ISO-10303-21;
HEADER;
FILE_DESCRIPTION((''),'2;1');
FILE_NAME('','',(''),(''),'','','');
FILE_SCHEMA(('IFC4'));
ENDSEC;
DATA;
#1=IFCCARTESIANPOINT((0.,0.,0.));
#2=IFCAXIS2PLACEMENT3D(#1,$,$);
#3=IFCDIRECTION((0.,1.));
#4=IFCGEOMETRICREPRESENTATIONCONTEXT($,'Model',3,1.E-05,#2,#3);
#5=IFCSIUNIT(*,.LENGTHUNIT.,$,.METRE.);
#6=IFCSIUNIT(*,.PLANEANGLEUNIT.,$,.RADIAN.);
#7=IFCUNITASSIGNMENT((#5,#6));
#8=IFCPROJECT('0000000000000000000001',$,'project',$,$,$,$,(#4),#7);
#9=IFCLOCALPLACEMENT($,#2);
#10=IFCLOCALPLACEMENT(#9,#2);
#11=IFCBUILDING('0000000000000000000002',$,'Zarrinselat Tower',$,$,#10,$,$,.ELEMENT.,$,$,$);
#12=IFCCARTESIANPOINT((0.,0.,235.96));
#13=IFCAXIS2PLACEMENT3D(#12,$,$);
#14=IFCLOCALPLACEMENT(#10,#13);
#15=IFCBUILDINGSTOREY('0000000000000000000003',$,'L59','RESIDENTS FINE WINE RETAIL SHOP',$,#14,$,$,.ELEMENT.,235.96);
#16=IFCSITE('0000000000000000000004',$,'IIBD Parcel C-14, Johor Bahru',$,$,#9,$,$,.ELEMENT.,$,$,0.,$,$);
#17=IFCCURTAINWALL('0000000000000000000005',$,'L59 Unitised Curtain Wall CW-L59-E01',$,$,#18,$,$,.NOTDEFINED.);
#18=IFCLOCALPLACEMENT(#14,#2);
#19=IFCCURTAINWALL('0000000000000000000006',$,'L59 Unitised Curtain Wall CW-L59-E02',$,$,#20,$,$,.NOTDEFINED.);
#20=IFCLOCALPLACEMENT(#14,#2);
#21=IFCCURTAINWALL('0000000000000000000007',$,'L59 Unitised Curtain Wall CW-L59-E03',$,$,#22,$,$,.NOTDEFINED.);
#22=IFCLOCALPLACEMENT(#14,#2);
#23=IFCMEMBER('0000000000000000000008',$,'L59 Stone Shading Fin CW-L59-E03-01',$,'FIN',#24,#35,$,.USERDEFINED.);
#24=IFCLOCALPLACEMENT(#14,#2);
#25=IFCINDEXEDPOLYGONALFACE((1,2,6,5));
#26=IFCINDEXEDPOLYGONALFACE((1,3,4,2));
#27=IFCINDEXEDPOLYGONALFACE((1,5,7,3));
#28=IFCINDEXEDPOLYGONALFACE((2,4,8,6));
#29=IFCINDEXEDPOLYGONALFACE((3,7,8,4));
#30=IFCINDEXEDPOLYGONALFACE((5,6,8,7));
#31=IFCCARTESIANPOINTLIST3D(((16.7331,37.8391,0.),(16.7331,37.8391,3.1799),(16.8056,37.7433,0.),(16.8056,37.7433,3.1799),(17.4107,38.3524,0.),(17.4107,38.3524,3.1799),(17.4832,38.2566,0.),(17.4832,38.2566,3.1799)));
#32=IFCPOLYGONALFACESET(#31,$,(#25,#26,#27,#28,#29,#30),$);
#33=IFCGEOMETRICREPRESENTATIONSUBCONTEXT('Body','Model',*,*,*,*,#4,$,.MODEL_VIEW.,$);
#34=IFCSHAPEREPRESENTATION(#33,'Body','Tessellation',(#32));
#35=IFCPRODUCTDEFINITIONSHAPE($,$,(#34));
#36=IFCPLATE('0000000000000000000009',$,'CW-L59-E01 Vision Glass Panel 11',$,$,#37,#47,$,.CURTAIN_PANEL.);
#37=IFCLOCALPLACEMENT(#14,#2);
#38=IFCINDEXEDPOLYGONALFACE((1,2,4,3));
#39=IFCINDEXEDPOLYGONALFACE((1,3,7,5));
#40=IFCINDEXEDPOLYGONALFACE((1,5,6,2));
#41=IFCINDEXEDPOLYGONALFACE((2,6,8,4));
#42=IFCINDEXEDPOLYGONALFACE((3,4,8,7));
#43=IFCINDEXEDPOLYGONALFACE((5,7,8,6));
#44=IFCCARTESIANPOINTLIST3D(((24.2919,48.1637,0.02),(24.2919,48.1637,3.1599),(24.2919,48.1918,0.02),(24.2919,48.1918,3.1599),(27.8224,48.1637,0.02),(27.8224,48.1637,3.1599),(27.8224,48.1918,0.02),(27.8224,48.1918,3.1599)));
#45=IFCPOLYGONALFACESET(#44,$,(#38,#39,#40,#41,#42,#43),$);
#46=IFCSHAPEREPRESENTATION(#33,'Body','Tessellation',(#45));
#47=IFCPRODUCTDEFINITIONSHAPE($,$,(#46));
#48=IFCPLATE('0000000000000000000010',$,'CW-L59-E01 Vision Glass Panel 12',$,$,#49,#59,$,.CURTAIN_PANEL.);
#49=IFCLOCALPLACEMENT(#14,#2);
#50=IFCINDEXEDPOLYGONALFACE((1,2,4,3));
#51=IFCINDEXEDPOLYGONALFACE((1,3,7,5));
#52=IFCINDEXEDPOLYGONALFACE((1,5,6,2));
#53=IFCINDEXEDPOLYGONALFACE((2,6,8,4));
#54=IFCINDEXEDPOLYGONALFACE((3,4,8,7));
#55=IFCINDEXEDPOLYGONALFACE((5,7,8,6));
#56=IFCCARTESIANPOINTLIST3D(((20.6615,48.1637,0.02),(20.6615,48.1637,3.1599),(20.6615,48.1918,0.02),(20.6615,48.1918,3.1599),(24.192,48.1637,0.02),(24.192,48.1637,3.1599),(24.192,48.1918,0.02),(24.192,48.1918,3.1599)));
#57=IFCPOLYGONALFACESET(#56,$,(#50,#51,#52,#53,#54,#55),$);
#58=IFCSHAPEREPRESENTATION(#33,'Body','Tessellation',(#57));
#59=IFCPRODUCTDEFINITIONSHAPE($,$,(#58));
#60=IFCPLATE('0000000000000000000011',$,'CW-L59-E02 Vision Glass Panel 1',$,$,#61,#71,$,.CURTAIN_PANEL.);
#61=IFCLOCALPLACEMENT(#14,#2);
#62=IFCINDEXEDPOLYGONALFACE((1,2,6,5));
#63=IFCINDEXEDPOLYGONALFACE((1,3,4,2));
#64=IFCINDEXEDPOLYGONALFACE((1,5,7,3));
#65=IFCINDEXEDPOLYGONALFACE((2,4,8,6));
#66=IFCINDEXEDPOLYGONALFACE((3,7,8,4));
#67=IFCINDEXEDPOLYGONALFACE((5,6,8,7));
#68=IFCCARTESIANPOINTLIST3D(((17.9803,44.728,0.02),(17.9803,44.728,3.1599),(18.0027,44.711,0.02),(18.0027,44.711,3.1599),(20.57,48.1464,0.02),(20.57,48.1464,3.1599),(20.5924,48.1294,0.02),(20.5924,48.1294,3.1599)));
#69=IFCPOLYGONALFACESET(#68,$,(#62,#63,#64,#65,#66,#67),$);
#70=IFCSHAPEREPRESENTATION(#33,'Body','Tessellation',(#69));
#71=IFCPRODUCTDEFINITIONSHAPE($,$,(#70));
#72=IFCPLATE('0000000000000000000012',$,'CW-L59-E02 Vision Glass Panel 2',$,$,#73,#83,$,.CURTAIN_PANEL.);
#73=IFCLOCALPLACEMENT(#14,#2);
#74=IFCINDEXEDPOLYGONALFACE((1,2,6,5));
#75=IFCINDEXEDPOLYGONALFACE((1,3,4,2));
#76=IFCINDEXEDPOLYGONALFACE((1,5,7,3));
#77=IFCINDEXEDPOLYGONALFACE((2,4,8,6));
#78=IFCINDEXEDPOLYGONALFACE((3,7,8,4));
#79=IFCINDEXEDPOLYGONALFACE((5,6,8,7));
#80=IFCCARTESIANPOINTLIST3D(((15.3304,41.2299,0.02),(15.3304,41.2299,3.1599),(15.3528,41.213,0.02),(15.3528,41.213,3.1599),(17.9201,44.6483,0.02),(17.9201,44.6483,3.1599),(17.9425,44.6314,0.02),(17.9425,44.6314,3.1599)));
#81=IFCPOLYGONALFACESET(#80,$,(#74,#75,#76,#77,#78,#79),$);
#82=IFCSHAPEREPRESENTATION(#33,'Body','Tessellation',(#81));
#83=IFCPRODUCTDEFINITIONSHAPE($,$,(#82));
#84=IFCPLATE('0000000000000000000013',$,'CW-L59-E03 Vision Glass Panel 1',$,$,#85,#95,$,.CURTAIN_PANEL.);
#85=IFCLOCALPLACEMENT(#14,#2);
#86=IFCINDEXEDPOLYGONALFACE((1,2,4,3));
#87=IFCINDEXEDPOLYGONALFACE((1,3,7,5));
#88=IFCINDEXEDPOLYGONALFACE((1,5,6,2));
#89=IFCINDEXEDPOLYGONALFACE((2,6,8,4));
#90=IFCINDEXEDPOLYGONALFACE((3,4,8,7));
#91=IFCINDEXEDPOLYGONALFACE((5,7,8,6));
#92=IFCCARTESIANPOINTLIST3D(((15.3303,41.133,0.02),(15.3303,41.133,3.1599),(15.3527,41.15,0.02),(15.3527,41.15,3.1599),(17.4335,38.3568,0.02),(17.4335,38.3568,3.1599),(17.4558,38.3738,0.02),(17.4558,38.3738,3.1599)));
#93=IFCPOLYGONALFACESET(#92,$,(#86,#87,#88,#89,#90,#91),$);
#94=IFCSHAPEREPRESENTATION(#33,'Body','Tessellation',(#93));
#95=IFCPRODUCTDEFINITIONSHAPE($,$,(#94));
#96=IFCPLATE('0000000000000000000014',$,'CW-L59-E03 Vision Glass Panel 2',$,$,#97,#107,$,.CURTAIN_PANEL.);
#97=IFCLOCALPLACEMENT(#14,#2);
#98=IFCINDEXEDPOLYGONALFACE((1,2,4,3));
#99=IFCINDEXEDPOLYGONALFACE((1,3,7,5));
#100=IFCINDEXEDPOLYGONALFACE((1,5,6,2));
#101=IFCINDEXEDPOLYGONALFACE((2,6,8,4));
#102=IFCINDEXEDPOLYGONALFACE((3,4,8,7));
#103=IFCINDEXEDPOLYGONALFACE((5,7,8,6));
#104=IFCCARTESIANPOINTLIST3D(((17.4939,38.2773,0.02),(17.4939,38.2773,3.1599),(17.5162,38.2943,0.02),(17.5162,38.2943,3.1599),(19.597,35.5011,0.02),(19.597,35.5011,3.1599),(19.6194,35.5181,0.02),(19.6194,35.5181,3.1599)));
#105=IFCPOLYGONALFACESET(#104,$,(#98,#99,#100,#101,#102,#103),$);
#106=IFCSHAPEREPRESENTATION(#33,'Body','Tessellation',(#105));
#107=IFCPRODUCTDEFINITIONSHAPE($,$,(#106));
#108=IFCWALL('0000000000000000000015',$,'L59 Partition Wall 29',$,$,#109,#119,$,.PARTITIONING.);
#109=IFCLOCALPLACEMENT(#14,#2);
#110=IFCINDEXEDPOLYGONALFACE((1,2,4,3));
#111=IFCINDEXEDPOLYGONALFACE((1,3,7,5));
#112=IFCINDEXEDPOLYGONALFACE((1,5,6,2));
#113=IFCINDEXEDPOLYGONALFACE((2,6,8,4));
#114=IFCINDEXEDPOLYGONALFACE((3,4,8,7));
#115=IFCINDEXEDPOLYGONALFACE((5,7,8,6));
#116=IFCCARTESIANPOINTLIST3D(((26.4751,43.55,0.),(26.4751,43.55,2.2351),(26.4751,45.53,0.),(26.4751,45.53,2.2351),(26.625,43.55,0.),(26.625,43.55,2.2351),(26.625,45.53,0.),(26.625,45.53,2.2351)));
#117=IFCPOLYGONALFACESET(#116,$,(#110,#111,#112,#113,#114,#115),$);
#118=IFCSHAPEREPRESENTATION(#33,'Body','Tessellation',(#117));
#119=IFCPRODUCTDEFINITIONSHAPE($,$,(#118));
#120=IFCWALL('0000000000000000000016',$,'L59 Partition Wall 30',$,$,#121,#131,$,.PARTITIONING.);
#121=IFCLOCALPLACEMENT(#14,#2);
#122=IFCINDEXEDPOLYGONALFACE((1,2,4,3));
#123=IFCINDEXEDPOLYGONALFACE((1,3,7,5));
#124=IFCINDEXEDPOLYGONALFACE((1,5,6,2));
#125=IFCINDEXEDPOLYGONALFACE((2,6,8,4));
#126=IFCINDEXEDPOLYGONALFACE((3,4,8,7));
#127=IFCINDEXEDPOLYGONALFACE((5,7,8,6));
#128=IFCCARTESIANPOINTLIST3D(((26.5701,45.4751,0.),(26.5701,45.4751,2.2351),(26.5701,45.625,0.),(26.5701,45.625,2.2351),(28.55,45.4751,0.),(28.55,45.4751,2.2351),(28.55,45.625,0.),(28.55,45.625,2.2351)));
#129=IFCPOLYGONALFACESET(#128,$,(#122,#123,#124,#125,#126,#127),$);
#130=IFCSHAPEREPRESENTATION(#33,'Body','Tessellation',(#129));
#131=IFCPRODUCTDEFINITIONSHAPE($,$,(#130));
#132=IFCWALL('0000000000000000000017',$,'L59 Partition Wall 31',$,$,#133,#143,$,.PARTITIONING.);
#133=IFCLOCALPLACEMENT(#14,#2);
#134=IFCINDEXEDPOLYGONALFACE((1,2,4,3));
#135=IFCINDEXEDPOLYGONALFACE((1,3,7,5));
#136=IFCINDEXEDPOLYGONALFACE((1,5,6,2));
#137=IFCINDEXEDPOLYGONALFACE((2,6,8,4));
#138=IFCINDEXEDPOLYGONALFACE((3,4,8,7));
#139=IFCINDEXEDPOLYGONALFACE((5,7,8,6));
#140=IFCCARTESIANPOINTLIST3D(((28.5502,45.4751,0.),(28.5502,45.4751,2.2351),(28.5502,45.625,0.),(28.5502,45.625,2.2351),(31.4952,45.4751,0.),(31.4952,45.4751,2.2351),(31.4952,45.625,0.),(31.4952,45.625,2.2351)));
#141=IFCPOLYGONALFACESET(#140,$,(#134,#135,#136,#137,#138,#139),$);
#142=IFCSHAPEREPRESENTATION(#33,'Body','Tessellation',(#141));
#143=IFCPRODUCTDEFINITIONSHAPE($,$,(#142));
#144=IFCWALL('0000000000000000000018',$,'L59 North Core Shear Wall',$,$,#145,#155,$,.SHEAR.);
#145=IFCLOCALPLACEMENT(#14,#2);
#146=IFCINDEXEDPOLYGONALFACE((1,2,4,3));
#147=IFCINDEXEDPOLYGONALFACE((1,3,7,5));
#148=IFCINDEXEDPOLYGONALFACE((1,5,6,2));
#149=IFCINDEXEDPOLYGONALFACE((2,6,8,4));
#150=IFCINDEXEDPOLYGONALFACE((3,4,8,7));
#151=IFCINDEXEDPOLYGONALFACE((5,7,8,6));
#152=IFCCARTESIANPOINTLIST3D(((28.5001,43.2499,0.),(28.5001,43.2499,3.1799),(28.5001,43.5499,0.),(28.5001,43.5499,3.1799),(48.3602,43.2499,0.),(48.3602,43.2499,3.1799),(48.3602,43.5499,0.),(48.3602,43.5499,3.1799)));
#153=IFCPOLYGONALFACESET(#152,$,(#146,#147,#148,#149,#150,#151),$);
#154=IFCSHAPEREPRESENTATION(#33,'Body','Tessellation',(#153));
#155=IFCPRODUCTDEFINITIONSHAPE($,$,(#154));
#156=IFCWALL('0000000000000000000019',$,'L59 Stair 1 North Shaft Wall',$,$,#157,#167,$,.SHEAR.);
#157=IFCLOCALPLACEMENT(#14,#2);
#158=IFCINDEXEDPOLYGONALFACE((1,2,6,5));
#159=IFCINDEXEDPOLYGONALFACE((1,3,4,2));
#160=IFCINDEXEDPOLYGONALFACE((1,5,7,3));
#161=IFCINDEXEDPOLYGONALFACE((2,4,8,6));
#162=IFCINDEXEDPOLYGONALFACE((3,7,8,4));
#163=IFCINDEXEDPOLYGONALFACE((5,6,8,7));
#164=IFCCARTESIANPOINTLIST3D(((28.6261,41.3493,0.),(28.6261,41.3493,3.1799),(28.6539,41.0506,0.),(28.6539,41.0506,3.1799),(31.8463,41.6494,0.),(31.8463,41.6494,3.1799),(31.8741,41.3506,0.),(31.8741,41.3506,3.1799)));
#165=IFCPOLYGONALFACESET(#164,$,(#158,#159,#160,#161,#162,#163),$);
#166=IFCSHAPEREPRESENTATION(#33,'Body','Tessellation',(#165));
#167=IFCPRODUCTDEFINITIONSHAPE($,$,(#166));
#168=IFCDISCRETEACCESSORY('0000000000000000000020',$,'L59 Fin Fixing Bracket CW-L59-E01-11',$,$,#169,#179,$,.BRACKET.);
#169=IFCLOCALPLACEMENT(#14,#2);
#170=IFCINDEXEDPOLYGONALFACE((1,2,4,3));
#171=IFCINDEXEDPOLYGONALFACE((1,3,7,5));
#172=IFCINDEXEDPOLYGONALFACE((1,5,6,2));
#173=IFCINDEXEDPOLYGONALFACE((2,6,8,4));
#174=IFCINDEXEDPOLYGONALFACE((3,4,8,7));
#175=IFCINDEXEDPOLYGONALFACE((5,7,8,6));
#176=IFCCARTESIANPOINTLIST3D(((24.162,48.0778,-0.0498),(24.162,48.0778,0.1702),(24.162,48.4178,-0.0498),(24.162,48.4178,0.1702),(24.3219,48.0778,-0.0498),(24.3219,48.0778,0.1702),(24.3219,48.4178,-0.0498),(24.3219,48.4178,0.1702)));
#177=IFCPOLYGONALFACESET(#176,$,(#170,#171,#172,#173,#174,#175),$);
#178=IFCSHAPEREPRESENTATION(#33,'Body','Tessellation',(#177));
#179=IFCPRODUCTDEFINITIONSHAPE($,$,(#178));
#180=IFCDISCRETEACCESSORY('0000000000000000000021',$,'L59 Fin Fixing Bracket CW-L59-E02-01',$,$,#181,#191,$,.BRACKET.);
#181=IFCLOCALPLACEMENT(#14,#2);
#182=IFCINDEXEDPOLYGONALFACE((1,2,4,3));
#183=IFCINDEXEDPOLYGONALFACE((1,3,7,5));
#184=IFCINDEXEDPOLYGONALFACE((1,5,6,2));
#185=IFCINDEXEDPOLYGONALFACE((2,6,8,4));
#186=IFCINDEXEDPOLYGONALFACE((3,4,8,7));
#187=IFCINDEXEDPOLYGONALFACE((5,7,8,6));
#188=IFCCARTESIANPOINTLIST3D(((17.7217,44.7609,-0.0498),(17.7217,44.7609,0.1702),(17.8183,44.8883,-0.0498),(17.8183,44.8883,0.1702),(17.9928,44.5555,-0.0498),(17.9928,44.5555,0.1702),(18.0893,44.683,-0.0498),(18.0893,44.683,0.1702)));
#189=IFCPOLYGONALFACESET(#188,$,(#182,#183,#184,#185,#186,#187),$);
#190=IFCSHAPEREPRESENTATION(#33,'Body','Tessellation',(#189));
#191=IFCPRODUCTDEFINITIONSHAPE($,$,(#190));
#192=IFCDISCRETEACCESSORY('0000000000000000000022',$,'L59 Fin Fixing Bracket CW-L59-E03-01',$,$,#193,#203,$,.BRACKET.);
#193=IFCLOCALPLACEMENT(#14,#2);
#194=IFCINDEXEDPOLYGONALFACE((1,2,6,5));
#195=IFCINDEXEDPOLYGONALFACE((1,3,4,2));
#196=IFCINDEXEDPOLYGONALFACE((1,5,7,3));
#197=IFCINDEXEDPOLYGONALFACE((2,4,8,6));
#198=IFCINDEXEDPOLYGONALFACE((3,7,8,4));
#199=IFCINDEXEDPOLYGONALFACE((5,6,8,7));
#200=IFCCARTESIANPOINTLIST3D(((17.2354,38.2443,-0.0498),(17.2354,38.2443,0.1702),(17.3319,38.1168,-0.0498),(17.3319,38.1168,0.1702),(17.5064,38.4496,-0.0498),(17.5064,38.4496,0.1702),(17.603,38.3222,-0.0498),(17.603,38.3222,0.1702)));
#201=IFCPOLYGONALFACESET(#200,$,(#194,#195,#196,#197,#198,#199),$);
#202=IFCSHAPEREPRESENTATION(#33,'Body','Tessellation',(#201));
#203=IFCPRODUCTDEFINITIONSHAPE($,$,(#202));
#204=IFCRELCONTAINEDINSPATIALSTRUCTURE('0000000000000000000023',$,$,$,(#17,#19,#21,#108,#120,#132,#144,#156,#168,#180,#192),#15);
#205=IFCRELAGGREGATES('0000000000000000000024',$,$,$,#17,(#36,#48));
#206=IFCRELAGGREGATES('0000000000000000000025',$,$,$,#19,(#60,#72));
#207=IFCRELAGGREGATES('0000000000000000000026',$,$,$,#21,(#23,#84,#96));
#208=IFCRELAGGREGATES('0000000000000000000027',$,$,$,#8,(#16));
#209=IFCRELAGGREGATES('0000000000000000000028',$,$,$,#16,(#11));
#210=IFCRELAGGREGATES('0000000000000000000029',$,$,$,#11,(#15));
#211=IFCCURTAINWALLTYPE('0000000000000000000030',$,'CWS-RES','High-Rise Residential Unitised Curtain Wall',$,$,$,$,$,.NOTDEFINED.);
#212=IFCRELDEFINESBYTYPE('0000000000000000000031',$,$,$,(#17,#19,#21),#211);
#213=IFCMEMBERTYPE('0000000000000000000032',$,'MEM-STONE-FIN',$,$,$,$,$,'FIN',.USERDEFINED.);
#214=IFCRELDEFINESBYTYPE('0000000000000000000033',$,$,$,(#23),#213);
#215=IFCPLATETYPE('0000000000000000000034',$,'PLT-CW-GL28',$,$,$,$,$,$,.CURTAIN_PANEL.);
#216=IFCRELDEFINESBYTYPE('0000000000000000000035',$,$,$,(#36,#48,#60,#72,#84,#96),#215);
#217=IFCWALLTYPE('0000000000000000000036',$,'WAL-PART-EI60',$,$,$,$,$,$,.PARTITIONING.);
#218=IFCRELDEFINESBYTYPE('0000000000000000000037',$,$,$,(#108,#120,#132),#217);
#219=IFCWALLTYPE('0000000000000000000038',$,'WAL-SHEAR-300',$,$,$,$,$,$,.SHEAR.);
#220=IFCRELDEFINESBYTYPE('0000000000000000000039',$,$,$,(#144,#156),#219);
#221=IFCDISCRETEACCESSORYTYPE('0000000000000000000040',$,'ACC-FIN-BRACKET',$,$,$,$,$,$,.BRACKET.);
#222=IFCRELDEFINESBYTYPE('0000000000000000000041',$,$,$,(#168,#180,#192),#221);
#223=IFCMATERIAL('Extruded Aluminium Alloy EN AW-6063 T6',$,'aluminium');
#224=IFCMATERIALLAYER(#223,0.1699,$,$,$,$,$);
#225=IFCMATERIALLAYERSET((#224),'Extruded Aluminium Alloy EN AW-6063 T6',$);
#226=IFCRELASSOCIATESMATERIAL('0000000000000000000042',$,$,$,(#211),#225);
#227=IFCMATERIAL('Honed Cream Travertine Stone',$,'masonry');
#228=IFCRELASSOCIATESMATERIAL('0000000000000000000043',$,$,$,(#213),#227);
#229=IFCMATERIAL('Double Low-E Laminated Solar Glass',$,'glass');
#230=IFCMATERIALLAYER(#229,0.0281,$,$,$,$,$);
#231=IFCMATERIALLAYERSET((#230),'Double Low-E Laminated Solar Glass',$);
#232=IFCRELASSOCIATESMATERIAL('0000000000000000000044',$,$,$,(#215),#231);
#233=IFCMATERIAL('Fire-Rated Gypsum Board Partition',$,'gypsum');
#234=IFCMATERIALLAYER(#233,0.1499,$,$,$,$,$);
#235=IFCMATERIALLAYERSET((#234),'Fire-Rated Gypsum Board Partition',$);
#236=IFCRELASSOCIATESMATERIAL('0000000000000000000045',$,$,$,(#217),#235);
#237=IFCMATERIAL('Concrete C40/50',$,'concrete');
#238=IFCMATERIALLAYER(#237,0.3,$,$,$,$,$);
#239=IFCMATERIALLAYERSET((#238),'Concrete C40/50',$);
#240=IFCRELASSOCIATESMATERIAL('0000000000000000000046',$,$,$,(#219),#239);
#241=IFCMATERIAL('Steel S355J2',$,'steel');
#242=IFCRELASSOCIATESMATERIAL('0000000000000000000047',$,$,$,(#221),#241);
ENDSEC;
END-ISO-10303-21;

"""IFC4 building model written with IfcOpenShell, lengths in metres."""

from ifc_helpers import new_model, si_unit, direction, frame, frame_2d, origin, origin_2d, place, context, subcontext, project, spatial, rectangle, extrude, material, layer, layer_set, material_profile, profile_set, type_object, element, aggregate, save


model = new_model("IFC4")

# Units and contexts
model_context = context("Model", 3, precision=1e-05, world=origin(), true_north=direction((0.0, 1.0)))
body_context = subcontext(model_context, "Body", "Model", "MODEL_VIEW")
ifc_project = project(units=[si_unit("LENGTHUNIT", "METRE"), si_unit("PLANEANGLEUNIT", "RADIAN")], contexts=[model_context])

# Site, building, storey
site_placement = place(None, origin())
site = spatial("IfcSite", under=ifc_project, at=site_placement, Name="IIBD Parcel C-14, Johor Bahru", CompositionType="ELEMENT", RefElevation=0.0)
building_placement = place(site_placement, origin())
building = spatial("IfcBuilding", under=site, at=building_placement, Name="Zarrinselat Tower", CompositionType="ELEMENT")
storey_placement = place(building_placement, frame((0.0, 0.0, 235.96)))
storey = spatial("IfcBuildingStorey", under=building, at=storey_placement, Name="L59", Description="RESIDENTS FINE WINE RETAIL SHOP", CompositionType="ELEMENT", Elevation=235.96)

# Curtain walls
ifc_material_1 = material(Name="Extruded Aluminium Alloy EN AW-6063 T6", Category="aluminium")
ifc_layer_1 = layer(ifc_material_1, 0.1699)
ifc_layer_set_1 = layer_set([ifc_layer_1], Name="Extruded Aluminium Alloy EN AW-6063 T6")
curtain_wall_type = type_object("IfcCurtainWallType", Name="CWS-RES", Description="High-Rise Residential Unitised Curtain Wall", PredefinedType="NOTDEFINED", material=ifc_layer_set_1)
curtain_wall_1_placement = place(storey_placement, origin())
curtain_wall_1 = element("IfcCurtainWall", 1, at=curtain_wall_1_placement, inside=storey, type_object=curtain_wall_type, Name="L59 Unitised Curtain Wall CW-L59-E01", PredefinedType="NOTDEFINED")
curtain_wall_2_placement = place(storey_placement, origin())
curtain_wall_2 = element("IfcCurtainWall", 2, at=curtain_wall_2_placement, inside=storey, type_object=curtain_wall_type, Name="L59 Unitised Curtain Wall CW-L59-E02", PredefinedType="NOTDEFINED")
curtain_wall_3_placement = place(storey_placement, origin())
curtain_wall_3 = element("IfcCurtainWall", 3, at=curtain_wall_3_placement, inside=storey, type_object=curtain_wall_type, Name="L59 Unitised Curtain Wall CW-L59-E03", PredefinedType="NOTDEFINED")

# Member
ifc_material_2 = material(Name="Honed Cream Travertine Stone", Category="masonry")
ifc_material_profile_1 = material_profile(ifc_material_2, rectangle(XDim=0.1201, YDim=0.8501, at=origin_2d()), Name="FIN 850x120")
ifc_profile_set_1 = profile_set([ifc_material_profile_1], Name="Honed Cream Travertine Stone")
member_type_1 = type_object("IfcMemberType", Name="MEM-STONE-FIN", ElementType="FIN", PredefinedType="USERDEFINED", material=ifc_profile_set_1)
member_1_placement = place(storey_placement, frame((17.1082, 38.0479, 0.0), z_axis=(0.0, 0.0, 1.0), x_axis=(-0.603857, 0.797092, 0.0)))
member_1 = element("IfcMember", 4, at=member_1_placement, type_object=member_type_1, Name="L59 Stone Shading Fin CW-L59-E03-01", ObjectType="FIN", PredefinedType="USERDEFINED", context=body_context, shape_type="SweptSolid", body=[
    extrude(rectangle(XDim=0.1201, YDim=0.8501, at=origin_2d()), origin(), (0.0, 0.0, 1.0), 3.1799),
])

# Plates
ifc_material_3 = material(Name="Double Low-E Laminated Solar Glass", Category="glass")
ifc_layer_2 = layer(ifc_material_3, 0.0281)
ifc_layer_set_2 = layer_set([ifc_layer_2], Name="Double Low-E Laminated Solar Glass")
plate_type = type_object("IfcPlateType", Name="PLT-CW-GL28", PredefinedType="CURTAIN_PANEL", material=ifc_layer_set_2)
plate_1_placement = place(storey_placement, frame((26.0571, 48.1777, 0.02), z_axis=(0.0, 0.0, 1.0), x_axis=(-1.0, 0.0, 0.0)))
plate_1 = element("IfcPlate", 5, at=plate_1_placement, type_object=plate_type, Name="CW-L59-E01 Vision Glass Panel 11", PredefinedType="CURTAIN_PANEL", context=body_context, shape_type="SweptSolid", body=[
    extrude(rectangle(XDim=3.5305, YDim=0.0281, at=origin_2d()), origin(), (0.0, 0.0, 1.0), 3.1399),
])
plate_2_placement = place(storey_placement, frame((22.4268, 48.1777, 0.02), z_axis=(0.0, 0.0, 1.0), x_axis=(-1.0, 0.0, 0.0)))
plate_2 = element("IfcPlate", 6, at=plate_2_placement, type_object=plate_type, Name="CW-L59-E01 Vision Glass Panel 12", PredefinedType="CURTAIN_PANEL", context=body_context, shape_type="SweptSolid", body=[
    extrude(rectangle(XDim=3.5305, YDim=0.0281, at=origin_2d()), origin(), (0.0, 0.0, 1.0), 3.1399),
])
aggregate(curtain_wall_1, [plate_1, plate_2])
plate_3_placement = place(storey_placement, frame((19.2864, 46.4287, 0.02), z_axis=(0.0, 0.0, 1.0), x_axis=(-0.603856, -0.797094, 0.0)))
plate_3 = element("IfcPlate", 7, at=plate_3_placement, type_object=plate_type, Name="CW-L59-E02 Vision Glass Panel 1", PredefinedType="CURTAIN_PANEL", context=body_context, shape_type="SweptSolid", body=[
    extrude(rectangle(XDim=4.2886, YDim=0.0281, at=origin_2d()), origin(), (0.0, 0.0, 1.0), 3.1399),
])
plate_4_placement = place(storey_placement, frame((16.6365, 42.9307, 0.02), z_axis=(0.0, 0.0, 1.0), x_axis=(-0.603856, -0.797094, 0.0)))
plate_4 = element("IfcPlate", 8, at=plate_4_placement, type_object=plate_type, Name="CW-L59-E02 Vision Glass Panel 2", PredefinedType="CURTAIN_PANEL", context=body_context, shape_type="SweptSolid", body=[
    extrude(rectangle(XDim=4.2886, YDim=0.0281, at=origin_2d()), origin(), (0.0, 0.0, 1.0), 3.1399),
])
aggregate(curtain_wall_2, [plate_3, plate_4])
plate_5_placement = place(storey_placement, frame((16.3931, 39.7534, 0.02), z_axis=(0.0, 0.0, 1.0), x_axis=(0.603857, -0.797092, 0.0)))
plate_5 = element("IfcPlate", 9, at=plate_5_placement, type_object=plate_type, Name="CW-L59-E03 Vision Glass Panel 1", PredefinedType="CURTAIN_PANEL", context=body_context, shape_type="SweptSolid", body=[
    extrude(rectangle(XDim=3.4829, YDim=0.0281, at=origin_2d()), origin(), (0.0, 0.0, 1.0), 3.1399),
])
plate_6_placement = place(storey_placement, frame((18.5566, 36.8977, 0.02), z_axis=(0.0, 0.0, 1.0), x_axis=(0.603857, -0.797092, 0.0)))
plate_6 = element("IfcPlate", 10, at=plate_6_placement, type_object=plate_type, Name="CW-L59-E03 Vision Glass Panel 2", PredefinedType="CURTAIN_PANEL", context=body_context, shape_type="SweptSolid", body=[
    extrude(rectangle(XDim=3.4829, YDim=0.0281, at=origin_2d()), origin(), (0.0, 0.0, 1.0), 3.1399),
])
aggregate(curtain_wall_3, [member_1, plate_5, plate_6])

# Walls
ifc_material_4 = material(Name="Fire-Rated Gypsum Board Partition", Category="gypsum")
ifc_layer_3 = layer(ifc_material_4, 0.1499)
ifc_layer_set_3 = layer_set([ifc_layer_3], Name="Fire-Rated Gypsum Board Partition")
wall_type_1 = type_object("IfcWallType", Name="WAL-PART-EI60", PredefinedType="PARTITIONING", material=ifc_layer_set_3)
for number, where, z_axis, x_axis, name in (
    (11, (26.55, 43.55, 0.0), (0.0, 0.0, 1.0), (0.0, 1.0, 0.0), "L59 Partition Wall 29"),
    (12, (26.5701, 45.55, 0.0), (0.0, 0.0, 1.0), (1.0, 0.0, 0.0), "L59 Partition Wall 30"),
):
    element("IfcWall", number, at=place(storey_placement, frame(where, z_axis=z_axis, x_axis=x_axis)), inside=storey, type_object=wall_type_1, Name=name, PredefinedType="PARTITIONING", context=body_context, shape_type="SweptSolid", body=[
        extrude(rectangle(XDim=1.98, YDim=0.1499, at=frame_2d((0.99, 0.0))), origin(), (0.0, 0.0, 1.0), 2.2351),
    ])
wall_1_placement = place(storey_placement, frame((28.55, 45.55, 0.0), z_axis=(0.0, 0.0, 1.0), x_axis=(1.0, 0.0, 0.0)))
element("IfcWall", 13, at=wall_1_placement, inside=storey, type_object=wall_type_1, Name="L59 Partition Wall 31", PredefinedType="PARTITIONING", context=body_context, shape_type="SweptSolid", body=[
    extrude(rectangle(XDim=2.9451, YDim=0.1499, at=frame_2d((1.4727, 0.0))), origin(), (0.0, 0.0, 1.0), 2.2351),
])
ifc_material_5 = material(Name="Concrete C40/50", Category="concrete")
ifc_layer_4 = layer(ifc_material_5, 0.3)
ifc_layer_set_4 = layer_set([ifc_layer_4], Name="Concrete C40/50")
wall_type_2 = type_object("IfcWallType", Name="WAL-SHEAR-300", PredefinedType="SHEAR", material=ifc_layer_set_4)
wall_2_placement = place(storey_placement, frame((28.5, 43.3999, 0.0), z_axis=(0.0, 0.0, 1.0), x_axis=(1.0, 0.0, 0.0)))
element("IfcWall", 14, at=wall_2_placement, inside=storey, type_object=wall_type_2, Name="L59 North Core Shear Wall", PredefinedType="SHEAR", context=body_context, shape_type="SweptSolid", body=[
    extrude(rectangle(XDim=19.8601, YDim=0.3, at=frame_2d((9.9302, 0.0))), origin(), (0.0, 0.0, 1.0), 3.1799),
])
wall_3_placement = place(storey_placement, frame((28.6399, 41.2, 0.0), z_axis=(0.0, 0.0, 1.0), x_axis=(0.995687, 0.092775, 0.0)))
element("IfcWall", 15, at=wall_3_placement, inside=storey, type_object=wall_type_2, Name="L59 Stair 1 North Shaft Wall", PredefinedType="SHEAR", context=body_context, shape_type="SweptSolid", body=[
    extrude(rectangle(XDim=3.2341, YDim=0.3, at=frame_2d((1.6172, 0.0))), origin(), (0.0, 0.0, 1.0), 3.1799),
])

# Discrete accessories
ifc_material_6 = material(Name="Steel S355J2", Category="steel")
discrete_accessory_type = type_object("IfcDiscreteAccessoryType", Name="ACC-FIN-BRACKET", PredefinedType="BRACKET", material=ifc_material_6)
for number, where, z_axis, x_axis, name in (
    (16, (24.2419, 48.2478, -0.0498), (0.0, 0.0, 1.0), (0.0, 1.0, 0.0), "L59 Fin Fixing Bracket CW-L59-E01-11"),
    (17, (17.9055, 44.7219, -0.0498), (0.0, 0.0, 1.0), (-0.797094, 0.603856, 0.0), "L59 Fin Fixing Bracket CW-L59-E02-01"),
    (18, (17.4192, 38.2832, -0.0498), (0.0, 0.0, 1.0), (-0.797092, -0.603857, 0.0), "L59 Fin Fixing Bracket CW-L59-E03-01"),
):
    element("IfcDiscreteAccessory", number, at=place(storey_placement, frame(where, z_axis=z_axis, x_axis=x_axis)), inside=storey, type_object=discrete_accessory_type, Name=name, PredefinedType="BRACKET", context=body_context, shape_type="SweptSolid", body=[
        extrude(rectangle(XDim=0.3401, YDim=0.1599, at=origin_2d()), origin(), (0.0, 0.0, 1.0), 0.22),
    ])

save(model, "model.ifc")
